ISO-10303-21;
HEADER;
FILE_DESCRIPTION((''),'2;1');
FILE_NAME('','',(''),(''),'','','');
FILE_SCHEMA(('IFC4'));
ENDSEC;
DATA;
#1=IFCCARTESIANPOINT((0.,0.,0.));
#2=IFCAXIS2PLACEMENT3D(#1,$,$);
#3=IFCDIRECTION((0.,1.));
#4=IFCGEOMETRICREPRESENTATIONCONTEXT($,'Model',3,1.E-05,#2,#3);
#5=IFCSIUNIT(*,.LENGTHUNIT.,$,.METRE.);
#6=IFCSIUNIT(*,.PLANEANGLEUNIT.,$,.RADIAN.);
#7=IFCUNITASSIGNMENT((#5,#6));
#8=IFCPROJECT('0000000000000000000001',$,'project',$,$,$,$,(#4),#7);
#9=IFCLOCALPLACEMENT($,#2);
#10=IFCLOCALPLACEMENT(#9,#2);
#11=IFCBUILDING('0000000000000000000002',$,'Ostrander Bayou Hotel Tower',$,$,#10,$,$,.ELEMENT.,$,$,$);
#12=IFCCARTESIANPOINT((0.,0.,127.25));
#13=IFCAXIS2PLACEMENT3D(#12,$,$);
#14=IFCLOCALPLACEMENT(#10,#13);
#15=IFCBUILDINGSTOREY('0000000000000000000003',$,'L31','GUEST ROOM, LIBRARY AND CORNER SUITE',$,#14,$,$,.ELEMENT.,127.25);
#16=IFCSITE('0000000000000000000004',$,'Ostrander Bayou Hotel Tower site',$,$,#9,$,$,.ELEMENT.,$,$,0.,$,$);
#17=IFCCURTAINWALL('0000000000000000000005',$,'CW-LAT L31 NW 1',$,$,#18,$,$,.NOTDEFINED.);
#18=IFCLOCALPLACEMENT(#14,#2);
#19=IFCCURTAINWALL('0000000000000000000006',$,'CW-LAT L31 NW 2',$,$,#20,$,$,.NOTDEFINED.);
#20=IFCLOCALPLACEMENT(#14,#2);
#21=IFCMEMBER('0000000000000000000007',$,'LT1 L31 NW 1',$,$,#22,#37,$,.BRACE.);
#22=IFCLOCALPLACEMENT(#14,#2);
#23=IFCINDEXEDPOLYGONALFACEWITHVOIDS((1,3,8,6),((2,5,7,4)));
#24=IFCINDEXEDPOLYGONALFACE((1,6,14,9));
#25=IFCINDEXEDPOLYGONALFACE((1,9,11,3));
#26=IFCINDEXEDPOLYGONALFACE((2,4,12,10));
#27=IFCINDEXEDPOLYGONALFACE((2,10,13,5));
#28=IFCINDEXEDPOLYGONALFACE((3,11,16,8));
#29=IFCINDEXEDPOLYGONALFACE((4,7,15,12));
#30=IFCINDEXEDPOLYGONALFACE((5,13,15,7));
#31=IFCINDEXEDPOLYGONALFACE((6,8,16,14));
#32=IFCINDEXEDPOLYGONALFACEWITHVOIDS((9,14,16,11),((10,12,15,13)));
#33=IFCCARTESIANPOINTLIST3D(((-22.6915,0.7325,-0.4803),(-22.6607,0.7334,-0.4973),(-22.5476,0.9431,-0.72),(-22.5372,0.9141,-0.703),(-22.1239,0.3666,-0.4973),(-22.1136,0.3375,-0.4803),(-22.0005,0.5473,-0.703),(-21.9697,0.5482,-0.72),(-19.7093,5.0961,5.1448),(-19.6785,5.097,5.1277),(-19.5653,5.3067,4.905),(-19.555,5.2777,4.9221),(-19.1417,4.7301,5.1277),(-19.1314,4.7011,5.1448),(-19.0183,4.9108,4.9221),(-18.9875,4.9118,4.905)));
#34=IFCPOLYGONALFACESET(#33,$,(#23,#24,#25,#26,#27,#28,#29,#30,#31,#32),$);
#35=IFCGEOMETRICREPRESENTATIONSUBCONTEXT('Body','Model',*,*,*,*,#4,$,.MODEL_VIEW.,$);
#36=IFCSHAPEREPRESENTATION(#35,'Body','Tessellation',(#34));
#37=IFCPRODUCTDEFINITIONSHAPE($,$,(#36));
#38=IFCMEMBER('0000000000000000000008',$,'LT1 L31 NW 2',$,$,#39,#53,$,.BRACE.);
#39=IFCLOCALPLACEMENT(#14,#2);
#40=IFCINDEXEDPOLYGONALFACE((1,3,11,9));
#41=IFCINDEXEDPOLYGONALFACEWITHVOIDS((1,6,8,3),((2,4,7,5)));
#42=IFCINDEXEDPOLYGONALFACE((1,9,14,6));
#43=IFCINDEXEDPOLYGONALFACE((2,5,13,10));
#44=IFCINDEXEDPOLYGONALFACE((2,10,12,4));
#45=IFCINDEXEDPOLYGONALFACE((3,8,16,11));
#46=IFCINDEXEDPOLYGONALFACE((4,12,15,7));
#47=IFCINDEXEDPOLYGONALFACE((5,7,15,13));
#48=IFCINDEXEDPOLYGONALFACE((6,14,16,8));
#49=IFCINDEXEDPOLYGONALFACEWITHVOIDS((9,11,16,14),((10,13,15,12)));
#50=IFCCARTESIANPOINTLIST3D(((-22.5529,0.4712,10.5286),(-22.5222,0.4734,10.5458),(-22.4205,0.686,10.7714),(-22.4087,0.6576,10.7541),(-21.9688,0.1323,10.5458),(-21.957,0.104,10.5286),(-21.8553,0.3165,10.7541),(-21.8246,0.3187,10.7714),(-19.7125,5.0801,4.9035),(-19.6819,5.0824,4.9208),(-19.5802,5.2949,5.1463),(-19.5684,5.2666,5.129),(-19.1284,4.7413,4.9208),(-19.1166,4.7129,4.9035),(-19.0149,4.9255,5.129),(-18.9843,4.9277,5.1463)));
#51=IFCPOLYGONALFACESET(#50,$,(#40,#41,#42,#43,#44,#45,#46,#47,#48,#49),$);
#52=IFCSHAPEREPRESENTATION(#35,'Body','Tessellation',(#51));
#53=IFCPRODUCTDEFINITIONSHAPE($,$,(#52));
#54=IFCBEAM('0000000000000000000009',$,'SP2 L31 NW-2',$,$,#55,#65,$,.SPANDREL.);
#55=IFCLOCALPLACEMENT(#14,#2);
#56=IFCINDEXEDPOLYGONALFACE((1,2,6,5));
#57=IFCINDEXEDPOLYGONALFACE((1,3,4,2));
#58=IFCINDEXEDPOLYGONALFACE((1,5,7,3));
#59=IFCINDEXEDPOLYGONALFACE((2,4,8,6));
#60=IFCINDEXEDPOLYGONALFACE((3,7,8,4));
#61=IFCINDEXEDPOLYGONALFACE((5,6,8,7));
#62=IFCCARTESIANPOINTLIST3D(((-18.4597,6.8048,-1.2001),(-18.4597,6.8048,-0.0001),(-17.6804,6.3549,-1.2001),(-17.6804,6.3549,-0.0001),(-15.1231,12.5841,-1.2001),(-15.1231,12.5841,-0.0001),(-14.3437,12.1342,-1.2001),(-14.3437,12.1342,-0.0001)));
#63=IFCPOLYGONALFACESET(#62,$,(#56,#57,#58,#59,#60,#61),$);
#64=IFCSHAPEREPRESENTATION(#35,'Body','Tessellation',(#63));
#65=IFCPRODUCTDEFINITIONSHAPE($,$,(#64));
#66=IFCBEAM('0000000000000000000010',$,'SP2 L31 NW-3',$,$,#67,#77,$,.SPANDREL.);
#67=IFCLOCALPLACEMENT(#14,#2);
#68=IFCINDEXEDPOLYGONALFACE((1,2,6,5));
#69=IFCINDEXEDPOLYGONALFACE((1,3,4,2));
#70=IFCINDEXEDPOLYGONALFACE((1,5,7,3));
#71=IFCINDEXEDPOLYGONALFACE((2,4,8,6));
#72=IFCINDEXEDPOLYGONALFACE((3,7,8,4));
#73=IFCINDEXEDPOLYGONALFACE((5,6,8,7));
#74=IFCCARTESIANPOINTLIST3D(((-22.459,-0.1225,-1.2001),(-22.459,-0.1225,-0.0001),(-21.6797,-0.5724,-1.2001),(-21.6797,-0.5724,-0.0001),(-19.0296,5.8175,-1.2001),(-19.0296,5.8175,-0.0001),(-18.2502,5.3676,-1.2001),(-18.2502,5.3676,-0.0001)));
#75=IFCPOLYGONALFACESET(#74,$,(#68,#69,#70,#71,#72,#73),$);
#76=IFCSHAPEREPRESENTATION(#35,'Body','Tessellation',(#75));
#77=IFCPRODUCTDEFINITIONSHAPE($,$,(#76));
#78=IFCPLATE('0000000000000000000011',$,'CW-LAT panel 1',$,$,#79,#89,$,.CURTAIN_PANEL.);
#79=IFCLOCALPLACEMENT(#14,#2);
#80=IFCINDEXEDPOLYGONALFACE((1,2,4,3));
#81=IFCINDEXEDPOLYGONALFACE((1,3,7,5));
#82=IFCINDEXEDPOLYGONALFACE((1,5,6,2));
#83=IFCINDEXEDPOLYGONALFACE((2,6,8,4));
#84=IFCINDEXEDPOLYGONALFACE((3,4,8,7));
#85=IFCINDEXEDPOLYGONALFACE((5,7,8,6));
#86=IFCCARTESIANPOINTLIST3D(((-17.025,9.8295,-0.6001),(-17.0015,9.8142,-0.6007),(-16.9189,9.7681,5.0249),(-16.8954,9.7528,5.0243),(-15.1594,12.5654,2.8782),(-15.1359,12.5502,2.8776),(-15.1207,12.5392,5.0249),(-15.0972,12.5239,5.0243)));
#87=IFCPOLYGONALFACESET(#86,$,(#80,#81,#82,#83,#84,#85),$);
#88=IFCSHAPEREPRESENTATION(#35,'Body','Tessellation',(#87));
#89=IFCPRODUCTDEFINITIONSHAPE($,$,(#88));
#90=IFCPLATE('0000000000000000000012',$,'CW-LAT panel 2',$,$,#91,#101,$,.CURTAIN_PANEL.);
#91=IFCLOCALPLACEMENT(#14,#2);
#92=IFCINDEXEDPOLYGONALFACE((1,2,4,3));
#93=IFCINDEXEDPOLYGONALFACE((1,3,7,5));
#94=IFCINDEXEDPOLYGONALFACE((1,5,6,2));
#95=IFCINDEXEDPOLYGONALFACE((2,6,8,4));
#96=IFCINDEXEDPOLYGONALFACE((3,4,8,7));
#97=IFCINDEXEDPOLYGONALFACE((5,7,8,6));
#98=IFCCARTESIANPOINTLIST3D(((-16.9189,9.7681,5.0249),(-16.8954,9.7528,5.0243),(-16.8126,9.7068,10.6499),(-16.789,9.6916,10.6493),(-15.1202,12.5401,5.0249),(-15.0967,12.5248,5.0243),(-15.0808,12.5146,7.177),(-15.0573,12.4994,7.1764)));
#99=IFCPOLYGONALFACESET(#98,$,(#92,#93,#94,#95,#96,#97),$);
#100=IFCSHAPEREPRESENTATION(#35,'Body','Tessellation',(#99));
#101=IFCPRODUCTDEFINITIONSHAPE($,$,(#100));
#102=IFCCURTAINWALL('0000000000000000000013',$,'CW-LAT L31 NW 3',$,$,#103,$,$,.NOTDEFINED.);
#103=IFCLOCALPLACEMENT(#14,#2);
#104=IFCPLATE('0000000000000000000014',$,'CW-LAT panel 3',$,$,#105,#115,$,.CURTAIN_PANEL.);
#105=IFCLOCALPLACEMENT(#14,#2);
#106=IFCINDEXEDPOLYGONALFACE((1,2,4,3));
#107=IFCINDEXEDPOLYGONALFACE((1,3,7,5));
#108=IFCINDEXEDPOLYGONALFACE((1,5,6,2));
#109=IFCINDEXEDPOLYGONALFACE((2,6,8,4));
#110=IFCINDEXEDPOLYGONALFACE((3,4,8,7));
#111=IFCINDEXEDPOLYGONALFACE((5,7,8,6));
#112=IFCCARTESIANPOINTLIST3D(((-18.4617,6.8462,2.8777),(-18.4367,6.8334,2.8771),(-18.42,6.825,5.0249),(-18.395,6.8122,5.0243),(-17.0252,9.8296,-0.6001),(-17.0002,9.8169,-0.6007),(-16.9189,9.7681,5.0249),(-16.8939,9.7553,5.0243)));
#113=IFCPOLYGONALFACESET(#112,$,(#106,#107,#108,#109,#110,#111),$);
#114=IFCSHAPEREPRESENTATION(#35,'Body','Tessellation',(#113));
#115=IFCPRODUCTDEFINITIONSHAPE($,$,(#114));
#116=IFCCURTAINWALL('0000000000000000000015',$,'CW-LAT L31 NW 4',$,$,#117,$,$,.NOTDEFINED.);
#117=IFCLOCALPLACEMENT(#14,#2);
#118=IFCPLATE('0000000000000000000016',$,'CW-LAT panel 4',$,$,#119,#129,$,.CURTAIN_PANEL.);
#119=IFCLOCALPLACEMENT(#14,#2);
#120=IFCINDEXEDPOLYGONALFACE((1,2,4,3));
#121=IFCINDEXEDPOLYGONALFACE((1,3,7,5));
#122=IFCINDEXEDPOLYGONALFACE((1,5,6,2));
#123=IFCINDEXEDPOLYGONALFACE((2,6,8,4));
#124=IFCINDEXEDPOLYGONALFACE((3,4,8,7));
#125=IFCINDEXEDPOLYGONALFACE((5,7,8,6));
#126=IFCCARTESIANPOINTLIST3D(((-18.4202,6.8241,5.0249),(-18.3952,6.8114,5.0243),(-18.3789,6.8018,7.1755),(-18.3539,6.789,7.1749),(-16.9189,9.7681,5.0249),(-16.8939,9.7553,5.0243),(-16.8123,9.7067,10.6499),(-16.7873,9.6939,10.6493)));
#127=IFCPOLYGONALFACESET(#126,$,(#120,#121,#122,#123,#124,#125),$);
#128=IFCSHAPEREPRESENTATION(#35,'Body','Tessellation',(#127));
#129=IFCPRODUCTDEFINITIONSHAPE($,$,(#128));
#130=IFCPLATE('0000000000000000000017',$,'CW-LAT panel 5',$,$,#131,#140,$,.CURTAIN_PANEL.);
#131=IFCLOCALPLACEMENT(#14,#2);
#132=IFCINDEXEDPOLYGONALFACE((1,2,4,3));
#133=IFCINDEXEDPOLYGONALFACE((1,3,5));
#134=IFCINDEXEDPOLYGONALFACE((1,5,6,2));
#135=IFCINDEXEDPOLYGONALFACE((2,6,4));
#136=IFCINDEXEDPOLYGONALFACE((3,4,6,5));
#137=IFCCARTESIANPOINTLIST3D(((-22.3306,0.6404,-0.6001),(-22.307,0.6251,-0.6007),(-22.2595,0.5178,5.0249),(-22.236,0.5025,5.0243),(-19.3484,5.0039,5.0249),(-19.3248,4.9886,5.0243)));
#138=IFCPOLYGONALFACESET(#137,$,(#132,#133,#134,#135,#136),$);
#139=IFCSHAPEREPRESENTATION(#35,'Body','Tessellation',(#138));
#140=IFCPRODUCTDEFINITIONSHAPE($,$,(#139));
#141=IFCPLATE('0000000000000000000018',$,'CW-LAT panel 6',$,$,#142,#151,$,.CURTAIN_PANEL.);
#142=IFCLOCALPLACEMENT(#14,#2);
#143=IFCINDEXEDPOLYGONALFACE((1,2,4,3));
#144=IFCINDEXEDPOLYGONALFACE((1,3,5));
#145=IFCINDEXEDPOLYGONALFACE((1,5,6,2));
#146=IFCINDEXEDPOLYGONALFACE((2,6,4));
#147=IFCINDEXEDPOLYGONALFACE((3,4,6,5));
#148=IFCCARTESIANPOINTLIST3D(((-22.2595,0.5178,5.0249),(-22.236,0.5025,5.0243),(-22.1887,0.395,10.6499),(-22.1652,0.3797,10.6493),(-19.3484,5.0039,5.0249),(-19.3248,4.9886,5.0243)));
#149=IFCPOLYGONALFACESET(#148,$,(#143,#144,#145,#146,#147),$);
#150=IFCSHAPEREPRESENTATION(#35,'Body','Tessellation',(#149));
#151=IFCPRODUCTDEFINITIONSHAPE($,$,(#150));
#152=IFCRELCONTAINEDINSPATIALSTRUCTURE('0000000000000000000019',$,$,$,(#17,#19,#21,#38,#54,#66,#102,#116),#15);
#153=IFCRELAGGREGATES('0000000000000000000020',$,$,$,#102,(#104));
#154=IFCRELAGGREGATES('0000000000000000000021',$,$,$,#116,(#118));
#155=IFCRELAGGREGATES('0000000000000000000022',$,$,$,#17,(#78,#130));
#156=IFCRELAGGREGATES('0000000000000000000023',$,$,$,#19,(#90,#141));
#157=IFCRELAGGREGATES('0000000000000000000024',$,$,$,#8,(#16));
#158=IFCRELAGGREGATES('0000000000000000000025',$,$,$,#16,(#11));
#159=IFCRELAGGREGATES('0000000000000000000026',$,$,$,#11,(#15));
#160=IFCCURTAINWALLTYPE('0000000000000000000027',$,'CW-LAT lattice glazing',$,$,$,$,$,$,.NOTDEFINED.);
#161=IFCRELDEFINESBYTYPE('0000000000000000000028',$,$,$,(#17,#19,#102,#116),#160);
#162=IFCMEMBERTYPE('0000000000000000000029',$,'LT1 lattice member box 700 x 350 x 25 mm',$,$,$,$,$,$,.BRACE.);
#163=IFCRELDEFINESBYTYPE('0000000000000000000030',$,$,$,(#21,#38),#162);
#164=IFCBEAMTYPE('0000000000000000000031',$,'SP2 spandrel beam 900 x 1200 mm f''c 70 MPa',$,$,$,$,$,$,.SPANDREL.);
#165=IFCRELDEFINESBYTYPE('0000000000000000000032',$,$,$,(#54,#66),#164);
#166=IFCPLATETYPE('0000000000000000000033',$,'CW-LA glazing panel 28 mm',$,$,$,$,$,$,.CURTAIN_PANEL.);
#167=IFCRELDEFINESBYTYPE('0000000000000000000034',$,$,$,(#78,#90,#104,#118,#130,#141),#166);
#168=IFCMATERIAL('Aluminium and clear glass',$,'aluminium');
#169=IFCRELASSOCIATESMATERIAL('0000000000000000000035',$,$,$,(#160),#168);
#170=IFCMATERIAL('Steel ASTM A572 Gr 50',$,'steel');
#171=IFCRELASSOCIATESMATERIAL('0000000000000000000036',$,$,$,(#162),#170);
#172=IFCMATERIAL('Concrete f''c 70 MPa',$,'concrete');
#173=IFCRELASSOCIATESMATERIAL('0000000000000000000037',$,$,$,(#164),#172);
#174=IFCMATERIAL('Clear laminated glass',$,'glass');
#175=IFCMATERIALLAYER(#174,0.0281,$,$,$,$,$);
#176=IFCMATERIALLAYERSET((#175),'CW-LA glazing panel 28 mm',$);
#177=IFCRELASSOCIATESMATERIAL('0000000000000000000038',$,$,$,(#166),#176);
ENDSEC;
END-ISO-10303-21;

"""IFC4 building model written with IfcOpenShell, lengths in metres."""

from ifc_helpers import new_model, si_unit, direction, frame, origin, origin_2d, place, context, subcontext, project, spatial, polyline, rectangle, hollow_rectangle, outline, extrude, material, layer, layer_set, material_profile, profile_set, type_object, element, aggregate, save


model = new_model("IFC4")

# Units and contexts
model_context = context("Model", 3, precision=1e-05, world=origin(), true_north=direction((0.0, 1.0)))
body_context = subcontext(model_context, "Body", "Model", "MODEL_VIEW")
ifc_project = project(units=[si_unit("LENGTHUNIT", "METRE"), si_unit("PLANEANGLEUNIT", "RADIAN")], contexts=[model_context])

# Site, building, storey
site_placement = place(None, origin())
site = spatial("IfcSite", under=ifc_project, at=site_placement, Name="Ostrander Bayou Hotel Tower site", CompositionType="ELEMENT", RefElevation=0.0)
building_placement = place(site_placement, origin())
building = spatial("IfcBuilding", under=site, at=building_placement, Name="Ostrander Bayou Hotel Tower", CompositionType="ELEMENT")
storey_placement = place(building_placement, frame((0.0, 0.0, 127.25)))
storey = spatial("IfcBuildingStorey", under=building, at=storey_placement, Name="L31", Description="GUEST ROOM, LIBRARY AND CORNER SUITE", CompositionType="ELEMENT", Elevation=127.25)

# Curtain walls
ifc_material_1 = material(Name="Aluminium and clear glass", Category="aluminium")
curtain_wall_type = type_object("IfcCurtainWallType", Name="CW-LAT lattice glazing", PredefinedType="NOTDEFINED", material=ifc_material_1)
curtain_wall_1_placement = place(storey_placement, origin())
curtain_wall_1 = element("IfcCurtainWall", 1, at=curtain_wall_1_placement, inside=storey, type_object=curtain_wall_type, Name="CW-LAT L31 NW 1", PredefinedType="NOTDEFINED")
curtain_wall_2_placement = place(storey_placement, origin())
curtain_wall_2 = element("IfcCurtainWall", 2, at=curtain_wall_2_placement, inside=storey, type_object=curtain_wall_type, Name="CW-LAT L31 NW 2", PredefinedType="NOTDEFINED")

# Members
ifc_material_2 = material(Name="Steel ASTM A572 Gr 50", Category="steel")
ifc_material_profile_1 = material_profile(ifc_material_2, hollow_rectangle(XDim=0.7, YDim=0.3501, WallThickness=0.0249, at=origin_2d()))
ifc_profile_set_1 = profile_set([ifc_material_profile_1], Name="Steel ASTM A572 Gr 50")
member_type_1 = type_object("IfcMemberType", Name="LT1 lattice member box 700 x 350 x 25 mm", PredefinedType="BRACE", material=ifc_profile_set_1)
member_1_placement = place(storey_placement, frame((-19.3484, 5.0039, 5.0249), z_axis=(-0.38637, -0.565338, -0.728774), x_axis=(0.825606, -0.564247, 0.0)))
element("IfcMember", 3, at=member_1_placement, inside=storey, type_object=member_type_1, Name="LT1 L31 NW 1", PredefinedType="BRACE", context=body_context, shape_type="SweptSolid", body=[
    extrude(hollow_rectangle(XDim=0.7, YDim=0.3501, WallThickness=0.0249, at=origin_2d()), origin(), (0.0, 0.0, 1.0), 7.7185),
])
member_2_placement = place(storey_placement, frame((-19.3484, 5.0039, 5.0249), z_axis=(-0.363817, -0.59035, 0.720503), x_axis=(0.851321, -0.524646, 0.0)))
element("IfcMember", 4, at=member_2_placement, inside=storey, type_object=member_type_1, Name="LT1 L31 NW 2", PredefinedType="BRACE", context=body_context, shape_type="SweptSolid", body=[
    extrude(hollow_rectangle(XDim=0.7, YDim=0.3501, WallThickness=0.0249, at=origin_2d()), origin(), (0.0, 0.0, 1.0), 7.8071),
])

# Beams
ifc_material_3 = material(Name="Concrete f'c 70 MPa", Category="concrete")
ifc_material_profile_2 = material_profile(ifc_material_3, rectangle(XDim=0.8999, YDim=1.2, at=origin_2d()))
ifc_profile_set_2 = profile_set([ifc_material_profile_2], Name="Concrete f'c 70 MPa")
beam_type_1 = type_object("IfcBeamType", Name="SP2 spandrel beam 900 x 1200 mm f'c 70 MPa", PredefinedType="SPANDREL", material=ifc_profile_set_2)
beam_1_placement = place(storey_placement, frame((-14.7334, 12.3591, -0.6001), z_axis=(-0.499999, -0.866026, 0.0), x_axis=(0.866026, -0.499999, 0.0)))
element("IfcBeam", 5, at=beam_1_placement, inside=storey, type_object=beam_type_1, Name="SP2 L31 NW-2", PredefinedType="SPANDREL", context=body_context, shape_type="SweptSolid", body=[
    extrude(rectangle(XDim=0.8999, YDim=1.2, at=origin_2d()), origin(), (0.0, 0.0, 1.0), 6.6733),
])
beam_2_placement = place(storey_placement, frame((-18.6399, 5.5925, -0.6001), z_axis=(-0.500002, -0.866024, 0.0), x_axis=(0.866024, -0.500002, 0.0)))
element("IfcBeam", 6, at=beam_2_placement, inside=storey, type_object=beam_type_1, Name="SP2 L31 NW-3", PredefinedType="SPANDREL", context=body_context, shape_type="SweptSolid", body=[
    extrude(rectangle(XDim=0.8999, YDim=1.2, at=origin_2d()), origin(), (0.0, 0.0, 1.0), 6.8589),
])

# Plates
ifc_material_4 = material(Name="Clear laminated glass", Category="glass")
ifc_layer_1 = layer(ifc_material_4, 0.0281)
ifc_layer_set_1 = layer_set([ifc_layer_1], Name="CW-LA glazing panel 28 mm")
plate_type = type_object("IfcPlateType", Name="CW-LA glazing panel 28 mm", PredefinedType="CURTAIN_PANEL", material=ifc_layer_set_1)
plate_1_placement = place(storey_placement, frame((-15.1594, 12.5654, 2.8782), z_axis=(-0.838665, 0.544213, 0.02176), x_axis=(-0.388463, -0.569685, -0.724262)))
plate_1 = element("IfcPlate", 7, at=plate_1_placement, type_object=plate_type, Name="CW-LAT panel 1", PredefinedType="CURTAIN_PANEL", context=body_context, shape_type="SweptSolid", body=[
    extrude(outline(polyline([(0.0, 0.0), (4.8025, 0.0), (0.7223, 3.874), (-1.5549, 1.4808), (0.0, 0.0)])), origin(), (0.0, 0.0, -1.0), 0.0281),
])
plate_2_placement = place(storey_placement, frame((-15.0808, 12.5146, 7.177), z_axis=(-0.838668, 0.544206, 0.021782), x_axis=(-0.36154, -0.586184, 0.725035)))
plate_2 = element("IfcPlate", 8, at=plate_2_placement, type_object=plate_type, Name="CW-LAT panel 2", PredefinedType="CURTAIN_PANEL", context=body_context, shape_type="SweptSolid", body=[
    extrude(outline(polyline([(0.0, 0.0), (4.79, 0.0), (0.7142, -3.8786), (-1.561, -1.4822), (0.0, 0.0)])), origin(), (0.0, 0.0, -1.0), 0.0281),
])

# Curtain walls, plates
curtain_wall_3_placement = place(storey_placement, origin())
curtain_wall_3 = element("IfcCurtainWall", 9, at=curtain_wall_3_placement, inside=storey, type_object=curtain_wall_type, Name="CW-LAT L31 NW 3", PredefinedType="NOTDEFINED")
plate_3_placement = place(storey_placement, frame((-18.4617, 6.8462, 2.8777), z_axis=(-0.89062, 0.454226, 0.02179), x_axis=(0.299143, 0.621286, -0.724236)))
plate_3 = element("IfcPlate", 10, at=plate_3_placement, type_object=plate_type, Name="CW-LAT panel 3", PredefinedType="CURTAIN_PANEL", context=body_context, shape_type="SweptSolid", body=[
    extrude(outline(polyline([(0.0, 0.0), (4.802, 0.0), (0.7217, -3.8739), (-1.5558, -1.4806), (0.0, 0.0)])), origin(), (0.0, 0.0, -1.0), 0.0281),
])
aggregate(curtain_wall_3, [plate_3])
curtain_wall_4_placement = place(storey_placement, origin())
curtain_wall_4 = element("IfcCurtainWall", 11, at=curtain_wall_4_placement, inside=storey, type_object=curtain_wall_type, Name="CW-LAT L31 NW 4", PredefinedType="NOTDEFINED")
plate_4_placement = place(storey_placement, frame((-18.3789, 6.8018, 7.1755), z_axis=(-0.890638, 0.454188, 0.021838), x_axis=(0.326911, 0.606196, 0.725021)))
plate_4 = element("IfcPlate", 12, at=plate_4_placement, type_object=plate_type, Name="CW-LAT panel 4", PredefinedType="CURTAIN_PANEL", context=body_context, shape_type="SweptSolid", body=[
    extrude(outline(polyline([(0.0, 0.0), (4.7921, 0.0), (0.7162, 3.8785), (-1.5592, 1.482), (0.0, 0.0)])), origin(), (0.0, 0.0, -1.0), 0.0281),
])
aggregate(curtain_wall_4, [plate_4])

# Plates
plate_5_placement = place(storey_placement, frame((-19.3484, 5.0039, 5.0249), z_axis=(-0.838644, 0.544217, 0.02245), x_axis=(-0.38637, -0.565338, -0.728774)))
plate_5 = element("IfcPlate", 13, at=plate_5_placement, type_object=plate_type, Name="CW-LAT panel 5", PredefinedType="CURTAIN_PANEL", context=body_context, shape_type="SweptSolid", body=[
    extrude(outline(polyline([(0.0, 0.0), (7.7184, 0.0), (3.6609, 3.8984), (0.0, 0.0)])), origin(), (0.0, 0.0, -1.0), 0.0281),
])
aggregate(curtain_wall_1, [plate_1, plate_5])
plate_6_placement = place(storey_placement, frame((-19.3484, 5.0039, 5.0249), z_axis=(-0.838644, 0.544217, 0.022437), x_axis=(-0.363817, -0.59035, 0.720503)))
plate_6 = element("IfcPlate", 14, at=plate_6_placement, type_object=plate_type, Name="CW-LAT panel 6", PredefinedType="CURTAIN_PANEL", context=body_context, shape_type="SweptSolid", body=[
    extrude(outline(polyline([(0.0, 0.0), (7.807, 0.0), (3.7075, -3.8541), (0.0, 0.0)])), origin(), (0.0, 0.0, -1.0), 0.0281),
])
aggregate(curtain_wall_2, [plate_2, plate_6])

save(model, "model.ifc")
